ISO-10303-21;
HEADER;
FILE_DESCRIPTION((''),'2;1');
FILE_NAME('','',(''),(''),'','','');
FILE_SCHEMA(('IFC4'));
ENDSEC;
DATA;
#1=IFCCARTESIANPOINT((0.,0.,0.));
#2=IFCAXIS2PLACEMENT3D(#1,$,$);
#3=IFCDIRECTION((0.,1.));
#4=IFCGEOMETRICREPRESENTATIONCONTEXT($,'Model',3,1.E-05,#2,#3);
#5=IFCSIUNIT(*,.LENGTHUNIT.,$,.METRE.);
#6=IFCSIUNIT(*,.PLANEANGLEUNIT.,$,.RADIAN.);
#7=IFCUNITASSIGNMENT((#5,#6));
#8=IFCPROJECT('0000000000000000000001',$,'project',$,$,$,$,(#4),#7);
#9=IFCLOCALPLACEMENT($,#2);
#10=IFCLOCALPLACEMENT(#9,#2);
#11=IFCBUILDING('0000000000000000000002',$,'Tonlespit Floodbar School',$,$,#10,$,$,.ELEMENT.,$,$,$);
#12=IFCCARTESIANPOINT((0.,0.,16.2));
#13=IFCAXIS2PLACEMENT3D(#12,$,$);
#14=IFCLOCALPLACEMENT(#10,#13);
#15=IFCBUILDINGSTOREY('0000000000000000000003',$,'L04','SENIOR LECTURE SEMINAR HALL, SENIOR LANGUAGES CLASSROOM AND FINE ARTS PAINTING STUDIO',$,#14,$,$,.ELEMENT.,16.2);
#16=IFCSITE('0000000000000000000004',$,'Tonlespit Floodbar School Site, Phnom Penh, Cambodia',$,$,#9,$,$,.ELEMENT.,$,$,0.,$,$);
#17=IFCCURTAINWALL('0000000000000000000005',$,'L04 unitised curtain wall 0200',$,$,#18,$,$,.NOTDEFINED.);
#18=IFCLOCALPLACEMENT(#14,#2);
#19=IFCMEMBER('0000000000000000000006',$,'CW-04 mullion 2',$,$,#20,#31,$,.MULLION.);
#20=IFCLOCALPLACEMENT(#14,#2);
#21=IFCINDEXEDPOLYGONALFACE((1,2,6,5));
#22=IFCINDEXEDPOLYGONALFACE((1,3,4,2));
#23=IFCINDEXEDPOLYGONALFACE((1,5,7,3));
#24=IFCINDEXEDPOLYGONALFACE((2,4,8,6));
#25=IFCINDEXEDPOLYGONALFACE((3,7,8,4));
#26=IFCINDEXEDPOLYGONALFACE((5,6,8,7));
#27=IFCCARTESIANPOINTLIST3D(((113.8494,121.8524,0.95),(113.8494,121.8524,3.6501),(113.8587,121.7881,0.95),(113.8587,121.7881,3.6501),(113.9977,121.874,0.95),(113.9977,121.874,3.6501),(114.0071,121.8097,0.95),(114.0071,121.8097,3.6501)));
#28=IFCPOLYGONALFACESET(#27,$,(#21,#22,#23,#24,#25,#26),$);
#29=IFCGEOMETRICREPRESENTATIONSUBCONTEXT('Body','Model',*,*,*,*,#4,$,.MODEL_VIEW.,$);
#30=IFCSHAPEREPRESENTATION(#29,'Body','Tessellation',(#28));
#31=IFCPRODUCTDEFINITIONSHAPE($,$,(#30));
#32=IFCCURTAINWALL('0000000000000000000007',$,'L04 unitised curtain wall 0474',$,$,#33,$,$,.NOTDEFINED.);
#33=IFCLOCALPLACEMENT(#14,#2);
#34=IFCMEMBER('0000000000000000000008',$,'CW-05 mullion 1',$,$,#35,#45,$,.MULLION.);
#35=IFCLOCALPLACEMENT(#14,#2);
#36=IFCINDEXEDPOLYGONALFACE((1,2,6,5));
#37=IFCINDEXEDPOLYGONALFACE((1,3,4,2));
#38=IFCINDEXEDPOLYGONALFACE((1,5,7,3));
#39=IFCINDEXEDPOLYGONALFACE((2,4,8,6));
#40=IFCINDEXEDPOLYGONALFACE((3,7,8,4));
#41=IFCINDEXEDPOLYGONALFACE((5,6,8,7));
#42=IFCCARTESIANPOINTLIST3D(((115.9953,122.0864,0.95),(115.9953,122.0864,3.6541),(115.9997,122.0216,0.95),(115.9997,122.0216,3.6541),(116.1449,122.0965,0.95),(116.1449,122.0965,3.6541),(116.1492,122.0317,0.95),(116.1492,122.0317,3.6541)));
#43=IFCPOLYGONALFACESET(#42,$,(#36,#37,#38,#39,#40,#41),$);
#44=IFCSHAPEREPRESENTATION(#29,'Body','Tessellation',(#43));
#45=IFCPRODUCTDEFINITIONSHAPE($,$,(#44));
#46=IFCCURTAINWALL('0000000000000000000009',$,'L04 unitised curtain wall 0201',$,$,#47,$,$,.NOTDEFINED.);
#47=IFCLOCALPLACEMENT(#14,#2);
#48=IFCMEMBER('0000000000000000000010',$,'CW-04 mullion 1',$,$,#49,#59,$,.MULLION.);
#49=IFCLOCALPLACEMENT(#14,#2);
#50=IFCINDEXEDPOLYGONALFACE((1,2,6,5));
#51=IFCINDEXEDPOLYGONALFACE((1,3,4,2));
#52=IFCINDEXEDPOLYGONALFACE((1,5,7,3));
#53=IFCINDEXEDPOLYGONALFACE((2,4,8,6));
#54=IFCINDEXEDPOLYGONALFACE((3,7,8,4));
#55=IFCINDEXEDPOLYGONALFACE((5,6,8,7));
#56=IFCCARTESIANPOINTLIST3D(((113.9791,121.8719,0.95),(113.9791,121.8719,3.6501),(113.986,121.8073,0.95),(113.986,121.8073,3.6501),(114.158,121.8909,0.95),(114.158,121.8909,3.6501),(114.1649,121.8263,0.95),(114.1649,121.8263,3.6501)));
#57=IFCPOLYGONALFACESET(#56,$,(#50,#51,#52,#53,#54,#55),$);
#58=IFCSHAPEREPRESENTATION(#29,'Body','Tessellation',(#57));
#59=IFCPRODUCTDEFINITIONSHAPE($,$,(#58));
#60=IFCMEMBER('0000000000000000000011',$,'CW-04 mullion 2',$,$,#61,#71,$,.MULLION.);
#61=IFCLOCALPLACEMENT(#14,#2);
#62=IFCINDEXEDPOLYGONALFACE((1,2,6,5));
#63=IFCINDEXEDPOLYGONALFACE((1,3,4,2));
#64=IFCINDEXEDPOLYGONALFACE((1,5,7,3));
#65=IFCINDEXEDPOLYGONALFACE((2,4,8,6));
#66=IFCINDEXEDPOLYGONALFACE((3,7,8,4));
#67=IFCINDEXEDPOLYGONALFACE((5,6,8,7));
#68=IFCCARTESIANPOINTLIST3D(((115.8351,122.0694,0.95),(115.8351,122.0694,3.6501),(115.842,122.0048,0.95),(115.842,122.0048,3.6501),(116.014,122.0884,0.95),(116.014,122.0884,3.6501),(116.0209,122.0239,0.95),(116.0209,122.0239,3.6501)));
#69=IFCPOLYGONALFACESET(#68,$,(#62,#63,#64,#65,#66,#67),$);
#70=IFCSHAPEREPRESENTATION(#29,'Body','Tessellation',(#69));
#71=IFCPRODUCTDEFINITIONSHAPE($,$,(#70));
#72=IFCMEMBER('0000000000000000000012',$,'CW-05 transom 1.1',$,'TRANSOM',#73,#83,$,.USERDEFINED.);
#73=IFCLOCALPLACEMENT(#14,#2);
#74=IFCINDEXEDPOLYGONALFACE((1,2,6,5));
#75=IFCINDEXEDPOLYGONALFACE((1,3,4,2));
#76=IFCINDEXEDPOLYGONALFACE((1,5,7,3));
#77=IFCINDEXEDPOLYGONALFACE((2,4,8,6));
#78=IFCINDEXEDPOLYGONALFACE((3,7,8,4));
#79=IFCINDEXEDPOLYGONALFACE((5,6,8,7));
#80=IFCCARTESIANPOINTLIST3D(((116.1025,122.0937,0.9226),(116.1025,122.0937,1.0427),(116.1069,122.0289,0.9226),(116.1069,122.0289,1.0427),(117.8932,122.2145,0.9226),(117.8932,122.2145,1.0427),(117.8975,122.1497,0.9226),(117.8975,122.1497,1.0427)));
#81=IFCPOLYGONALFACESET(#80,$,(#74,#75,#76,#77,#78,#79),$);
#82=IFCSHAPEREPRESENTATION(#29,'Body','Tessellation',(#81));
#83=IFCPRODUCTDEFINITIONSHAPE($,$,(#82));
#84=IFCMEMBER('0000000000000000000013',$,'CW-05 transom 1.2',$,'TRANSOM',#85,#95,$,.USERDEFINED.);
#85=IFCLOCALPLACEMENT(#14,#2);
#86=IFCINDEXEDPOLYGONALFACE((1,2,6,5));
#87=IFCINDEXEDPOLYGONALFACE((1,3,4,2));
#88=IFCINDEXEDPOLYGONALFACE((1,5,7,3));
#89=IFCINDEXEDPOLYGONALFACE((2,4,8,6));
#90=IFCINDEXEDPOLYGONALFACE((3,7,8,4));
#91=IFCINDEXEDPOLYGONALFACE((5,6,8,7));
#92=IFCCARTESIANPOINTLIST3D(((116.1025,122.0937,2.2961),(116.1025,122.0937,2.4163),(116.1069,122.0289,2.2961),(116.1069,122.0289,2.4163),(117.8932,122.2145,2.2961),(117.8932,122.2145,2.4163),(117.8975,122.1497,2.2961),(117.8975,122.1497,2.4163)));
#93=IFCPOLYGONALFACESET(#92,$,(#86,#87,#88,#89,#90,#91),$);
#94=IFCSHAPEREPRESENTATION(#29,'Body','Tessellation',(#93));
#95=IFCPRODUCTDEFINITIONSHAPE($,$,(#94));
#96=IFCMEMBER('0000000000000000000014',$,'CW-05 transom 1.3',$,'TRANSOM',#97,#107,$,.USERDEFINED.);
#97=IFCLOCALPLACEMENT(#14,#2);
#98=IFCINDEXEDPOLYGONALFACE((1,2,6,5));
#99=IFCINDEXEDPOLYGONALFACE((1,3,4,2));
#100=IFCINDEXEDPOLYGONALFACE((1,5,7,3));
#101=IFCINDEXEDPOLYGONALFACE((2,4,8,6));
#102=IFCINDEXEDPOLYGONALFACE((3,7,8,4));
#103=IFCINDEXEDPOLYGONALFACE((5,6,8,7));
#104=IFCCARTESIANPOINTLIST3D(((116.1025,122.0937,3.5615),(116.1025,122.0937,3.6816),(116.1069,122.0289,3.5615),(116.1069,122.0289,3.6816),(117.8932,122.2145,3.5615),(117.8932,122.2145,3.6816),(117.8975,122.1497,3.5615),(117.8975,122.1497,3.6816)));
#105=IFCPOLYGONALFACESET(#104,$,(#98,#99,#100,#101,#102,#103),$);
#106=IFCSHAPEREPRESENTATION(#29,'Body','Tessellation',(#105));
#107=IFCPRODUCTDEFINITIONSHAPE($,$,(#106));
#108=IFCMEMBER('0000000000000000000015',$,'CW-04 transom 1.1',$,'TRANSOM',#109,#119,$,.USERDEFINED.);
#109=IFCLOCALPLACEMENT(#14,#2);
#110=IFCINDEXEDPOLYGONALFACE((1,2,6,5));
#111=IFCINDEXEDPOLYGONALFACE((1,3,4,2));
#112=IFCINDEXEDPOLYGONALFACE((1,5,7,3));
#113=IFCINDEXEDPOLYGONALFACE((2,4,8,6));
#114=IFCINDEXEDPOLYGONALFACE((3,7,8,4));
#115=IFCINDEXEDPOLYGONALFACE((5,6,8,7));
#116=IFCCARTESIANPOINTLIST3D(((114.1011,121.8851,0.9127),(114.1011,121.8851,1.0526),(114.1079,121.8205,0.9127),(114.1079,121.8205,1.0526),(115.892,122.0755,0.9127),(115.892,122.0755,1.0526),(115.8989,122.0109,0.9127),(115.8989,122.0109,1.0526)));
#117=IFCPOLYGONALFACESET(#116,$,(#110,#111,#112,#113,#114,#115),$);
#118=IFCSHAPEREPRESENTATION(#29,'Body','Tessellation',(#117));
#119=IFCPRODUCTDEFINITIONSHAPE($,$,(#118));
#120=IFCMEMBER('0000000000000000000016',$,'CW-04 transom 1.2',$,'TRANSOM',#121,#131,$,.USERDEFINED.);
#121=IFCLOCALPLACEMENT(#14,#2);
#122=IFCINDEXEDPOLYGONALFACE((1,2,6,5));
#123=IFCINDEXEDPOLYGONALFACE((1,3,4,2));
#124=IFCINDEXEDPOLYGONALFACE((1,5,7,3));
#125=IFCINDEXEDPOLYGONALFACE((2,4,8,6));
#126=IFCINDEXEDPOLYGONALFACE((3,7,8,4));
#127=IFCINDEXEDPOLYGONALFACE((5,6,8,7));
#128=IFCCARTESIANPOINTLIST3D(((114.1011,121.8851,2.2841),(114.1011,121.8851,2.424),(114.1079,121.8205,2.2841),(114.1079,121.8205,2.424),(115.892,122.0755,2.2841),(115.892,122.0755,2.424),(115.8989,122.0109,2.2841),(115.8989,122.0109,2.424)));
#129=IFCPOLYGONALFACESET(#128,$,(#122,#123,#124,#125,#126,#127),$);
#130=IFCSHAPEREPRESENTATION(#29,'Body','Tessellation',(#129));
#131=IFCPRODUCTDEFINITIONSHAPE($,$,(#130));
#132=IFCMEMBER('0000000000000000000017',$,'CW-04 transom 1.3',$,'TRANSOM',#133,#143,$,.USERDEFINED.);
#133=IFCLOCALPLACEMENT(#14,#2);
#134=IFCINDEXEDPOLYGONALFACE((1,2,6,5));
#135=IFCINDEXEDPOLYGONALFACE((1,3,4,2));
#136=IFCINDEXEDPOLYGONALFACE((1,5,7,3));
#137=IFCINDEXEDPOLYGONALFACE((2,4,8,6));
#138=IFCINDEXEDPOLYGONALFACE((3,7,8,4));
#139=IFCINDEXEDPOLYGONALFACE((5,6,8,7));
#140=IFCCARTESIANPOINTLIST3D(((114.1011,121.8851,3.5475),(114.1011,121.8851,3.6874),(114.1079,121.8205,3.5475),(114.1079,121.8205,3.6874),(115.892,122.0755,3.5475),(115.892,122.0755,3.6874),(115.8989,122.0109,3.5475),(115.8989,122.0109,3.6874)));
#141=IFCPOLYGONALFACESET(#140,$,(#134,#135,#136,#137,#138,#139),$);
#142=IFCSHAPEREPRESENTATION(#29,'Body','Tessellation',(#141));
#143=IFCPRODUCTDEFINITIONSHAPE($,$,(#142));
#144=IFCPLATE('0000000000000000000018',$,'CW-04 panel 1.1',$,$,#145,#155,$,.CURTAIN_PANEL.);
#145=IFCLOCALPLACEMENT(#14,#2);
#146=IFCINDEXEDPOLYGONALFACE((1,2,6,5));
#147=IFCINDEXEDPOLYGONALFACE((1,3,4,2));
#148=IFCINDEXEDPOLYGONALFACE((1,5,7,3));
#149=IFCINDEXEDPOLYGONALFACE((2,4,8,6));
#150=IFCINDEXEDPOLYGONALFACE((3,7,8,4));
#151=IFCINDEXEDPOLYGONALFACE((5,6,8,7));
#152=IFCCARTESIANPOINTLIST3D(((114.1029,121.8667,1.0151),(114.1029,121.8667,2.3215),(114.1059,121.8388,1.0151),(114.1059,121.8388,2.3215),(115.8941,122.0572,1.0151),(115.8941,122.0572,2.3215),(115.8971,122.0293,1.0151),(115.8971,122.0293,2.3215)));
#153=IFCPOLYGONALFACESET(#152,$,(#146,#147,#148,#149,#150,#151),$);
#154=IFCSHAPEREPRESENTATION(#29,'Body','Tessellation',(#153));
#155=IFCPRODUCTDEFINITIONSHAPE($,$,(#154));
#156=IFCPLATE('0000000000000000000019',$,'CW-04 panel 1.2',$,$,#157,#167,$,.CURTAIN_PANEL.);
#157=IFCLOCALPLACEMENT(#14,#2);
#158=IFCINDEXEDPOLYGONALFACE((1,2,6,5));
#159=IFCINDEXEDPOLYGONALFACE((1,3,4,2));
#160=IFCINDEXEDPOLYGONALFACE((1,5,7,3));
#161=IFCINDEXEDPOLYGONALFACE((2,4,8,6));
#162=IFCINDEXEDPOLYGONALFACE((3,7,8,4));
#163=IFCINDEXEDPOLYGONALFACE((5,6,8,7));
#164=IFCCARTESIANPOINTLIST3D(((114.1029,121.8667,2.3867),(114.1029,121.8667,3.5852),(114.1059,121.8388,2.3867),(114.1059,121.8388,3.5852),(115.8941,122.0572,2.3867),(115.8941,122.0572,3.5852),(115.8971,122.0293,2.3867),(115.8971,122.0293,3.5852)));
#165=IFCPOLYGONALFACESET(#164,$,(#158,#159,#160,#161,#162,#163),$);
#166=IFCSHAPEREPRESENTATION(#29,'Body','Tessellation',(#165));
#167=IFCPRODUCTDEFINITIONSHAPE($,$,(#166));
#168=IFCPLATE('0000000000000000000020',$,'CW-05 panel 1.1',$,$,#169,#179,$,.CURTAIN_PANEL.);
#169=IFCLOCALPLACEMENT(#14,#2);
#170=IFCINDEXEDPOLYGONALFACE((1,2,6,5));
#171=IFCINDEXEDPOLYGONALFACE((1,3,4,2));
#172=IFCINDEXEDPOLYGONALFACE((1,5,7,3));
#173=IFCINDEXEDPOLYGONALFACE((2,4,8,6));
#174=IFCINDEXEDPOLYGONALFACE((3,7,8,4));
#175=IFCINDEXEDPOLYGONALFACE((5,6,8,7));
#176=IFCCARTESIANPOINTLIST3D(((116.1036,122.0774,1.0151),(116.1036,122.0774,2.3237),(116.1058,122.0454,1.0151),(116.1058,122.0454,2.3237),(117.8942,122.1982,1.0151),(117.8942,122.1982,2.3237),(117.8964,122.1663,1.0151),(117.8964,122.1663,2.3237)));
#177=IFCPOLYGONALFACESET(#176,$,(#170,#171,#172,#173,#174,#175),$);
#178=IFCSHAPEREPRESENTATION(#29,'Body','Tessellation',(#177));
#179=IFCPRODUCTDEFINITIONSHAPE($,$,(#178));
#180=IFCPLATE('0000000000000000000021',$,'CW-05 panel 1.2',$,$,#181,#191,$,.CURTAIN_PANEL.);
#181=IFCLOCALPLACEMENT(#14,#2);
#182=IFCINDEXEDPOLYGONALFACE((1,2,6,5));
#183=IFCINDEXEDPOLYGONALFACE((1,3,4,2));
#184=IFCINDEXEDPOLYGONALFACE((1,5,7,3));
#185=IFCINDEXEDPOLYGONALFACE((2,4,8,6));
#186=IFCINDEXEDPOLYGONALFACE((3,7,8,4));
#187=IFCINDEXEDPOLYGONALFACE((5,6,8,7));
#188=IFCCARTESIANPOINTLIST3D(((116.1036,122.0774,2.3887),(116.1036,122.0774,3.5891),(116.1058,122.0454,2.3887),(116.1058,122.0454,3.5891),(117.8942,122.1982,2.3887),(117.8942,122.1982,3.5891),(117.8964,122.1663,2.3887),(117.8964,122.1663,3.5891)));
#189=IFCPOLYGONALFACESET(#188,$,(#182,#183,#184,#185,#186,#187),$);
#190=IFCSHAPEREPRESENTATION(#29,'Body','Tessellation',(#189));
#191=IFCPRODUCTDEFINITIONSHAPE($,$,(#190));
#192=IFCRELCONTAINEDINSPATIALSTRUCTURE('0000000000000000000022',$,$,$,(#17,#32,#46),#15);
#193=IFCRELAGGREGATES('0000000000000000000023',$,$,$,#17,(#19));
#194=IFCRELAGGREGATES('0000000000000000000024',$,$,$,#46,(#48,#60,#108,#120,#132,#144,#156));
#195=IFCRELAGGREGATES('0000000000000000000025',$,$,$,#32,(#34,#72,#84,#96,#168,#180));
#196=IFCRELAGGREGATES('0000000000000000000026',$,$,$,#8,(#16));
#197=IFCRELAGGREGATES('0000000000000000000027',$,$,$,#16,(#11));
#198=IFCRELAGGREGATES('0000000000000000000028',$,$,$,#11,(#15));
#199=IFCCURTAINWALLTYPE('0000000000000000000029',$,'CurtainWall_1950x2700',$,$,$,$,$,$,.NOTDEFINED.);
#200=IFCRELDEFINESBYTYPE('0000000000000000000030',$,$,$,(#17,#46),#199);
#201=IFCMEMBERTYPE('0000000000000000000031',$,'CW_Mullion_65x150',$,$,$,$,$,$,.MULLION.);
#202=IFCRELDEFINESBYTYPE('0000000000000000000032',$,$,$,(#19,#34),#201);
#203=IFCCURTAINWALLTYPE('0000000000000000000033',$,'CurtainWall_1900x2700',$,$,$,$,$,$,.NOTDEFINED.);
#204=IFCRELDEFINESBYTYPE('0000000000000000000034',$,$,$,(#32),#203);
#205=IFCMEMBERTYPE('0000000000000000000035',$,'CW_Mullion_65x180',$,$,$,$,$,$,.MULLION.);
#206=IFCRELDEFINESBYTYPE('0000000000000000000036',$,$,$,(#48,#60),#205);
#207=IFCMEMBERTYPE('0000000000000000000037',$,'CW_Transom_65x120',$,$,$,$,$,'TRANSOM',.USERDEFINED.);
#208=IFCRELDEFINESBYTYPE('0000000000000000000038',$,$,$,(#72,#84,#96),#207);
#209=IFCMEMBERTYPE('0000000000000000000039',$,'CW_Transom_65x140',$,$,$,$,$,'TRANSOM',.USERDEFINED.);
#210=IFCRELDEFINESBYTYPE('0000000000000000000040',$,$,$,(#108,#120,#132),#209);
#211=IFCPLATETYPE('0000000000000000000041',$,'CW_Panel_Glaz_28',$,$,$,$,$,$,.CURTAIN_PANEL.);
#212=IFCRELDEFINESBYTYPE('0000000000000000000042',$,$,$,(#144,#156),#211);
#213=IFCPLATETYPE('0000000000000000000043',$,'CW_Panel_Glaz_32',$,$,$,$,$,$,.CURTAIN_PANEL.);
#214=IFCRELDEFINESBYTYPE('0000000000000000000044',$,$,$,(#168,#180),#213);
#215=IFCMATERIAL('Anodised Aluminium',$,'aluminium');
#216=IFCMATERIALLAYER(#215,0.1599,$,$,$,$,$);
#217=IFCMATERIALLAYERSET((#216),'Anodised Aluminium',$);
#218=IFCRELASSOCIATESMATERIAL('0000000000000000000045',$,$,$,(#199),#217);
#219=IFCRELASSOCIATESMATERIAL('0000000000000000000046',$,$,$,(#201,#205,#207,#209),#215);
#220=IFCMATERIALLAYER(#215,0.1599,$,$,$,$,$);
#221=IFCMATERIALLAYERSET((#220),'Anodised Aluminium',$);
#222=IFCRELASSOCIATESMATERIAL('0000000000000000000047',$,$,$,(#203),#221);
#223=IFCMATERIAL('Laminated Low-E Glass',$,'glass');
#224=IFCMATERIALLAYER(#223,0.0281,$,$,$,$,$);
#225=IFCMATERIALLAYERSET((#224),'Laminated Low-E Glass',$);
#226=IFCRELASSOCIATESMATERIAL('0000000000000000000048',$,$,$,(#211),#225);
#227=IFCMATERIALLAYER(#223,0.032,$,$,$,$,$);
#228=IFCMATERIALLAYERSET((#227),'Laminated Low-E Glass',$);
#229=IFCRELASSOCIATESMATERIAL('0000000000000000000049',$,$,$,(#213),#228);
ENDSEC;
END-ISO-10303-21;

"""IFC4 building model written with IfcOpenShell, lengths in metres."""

from ifc_helpers import new_model, si_unit, direction, frame, origin, origin_2d, place, context, subcontext, project, spatial, rectangle, extrude, material, layer, layer_set, material_profile, profile_set, type_object, element, aggregate, save


model = new_model("IFC4")

# Units and contexts
model_context = context("Model", 3, precision=1e-05, world=origin(), true_north=direction((0.0, 1.0)))
body_context = subcontext(model_context, "Body", "Model", "MODEL_VIEW")
ifc_project = project(units=[si_unit("LENGTHUNIT", "METRE"), si_unit("PLANEANGLEUNIT", "RADIAN")], contexts=[model_context])

# Site, building, storey
site_placement = place(None, origin())
site = spatial("IfcSite", under=ifc_project, at=site_placement, Name="Tonlespit Floodbar School Site, Phnom Penh, Cambodia", CompositionType="ELEMENT", RefElevation=0.0)
building_placement = place(site_placement, origin())
building = spatial("IfcBuilding", under=site, at=building_placement, Name="Tonlespit Floodbar School", CompositionType="ELEMENT")
storey_placement = place(building_placement, frame((0.0, 0.0, 16.2)))
storey = spatial("IfcBuildingStorey", under=building, at=storey_placement, Name="L04", Description="SENIOR LECTURE SEMINAR HALL, SENIOR LANGUAGES CLASSROOM AND FINE ARTS PAINTING STUDIO", CompositionType="ELEMENT", Elevation=16.2)

# Curtain walls, members
ifc_material_1 = material(Name="Anodised Aluminium", Category="aluminium")
ifc_layer_1 = layer(ifc_material_1, 0.1599)
ifc_layer_set_1 = layer_set([ifc_layer_1], Name="Anodised Aluminium")
curtain_wall_type_1 = type_object("IfcCurtainWallType", Name="CurtainWall_1950x2700", PredefinedType="NOTDEFINED", material=ifc_layer_set_1)
curtain_wall_1_placement = place(storey_placement, origin())
curtain_wall_1 = element("IfcCurtainWall", 1, at=curtain_wall_1_placement, inside=storey, type_object=curtain_wall_type_1, Name="L04 unitised curtain wall 0200", PredefinedType="NOTDEFINED")
ifc_material_profile_1 = material_profile(ifc_material_1, rectangle(XDim=0.0649, YDim=0.1499, at=origin_2d()), Name="ALU M65x150")
ifc_profile_set_1 = profile_set([ifc_material_profile_1], Name="Anodised Aluminium")
member_type_1 = type_object("IfcMemberType", Name="CW_Mullion_65x150", PredefinedType="MULLION", material=ifc_profile_set_1)
member_1_placement = place(storey_placement, frame((113.9282, 121.8311, 0.95), z_axis=(0.0, 0.0, 1.0), x_axis=(-0.144248, 0.989542, 0.0)))
member_1 = element("IfcMember", 2, at=member_1_placement, type_object=member_type_1, Name="CW-04 mullion 2", PredefinedType="MULLION", context=body_context, shape_type="SweptSolid", body=[
    extrude(rectangle(XDim=0.0649, YDim=0.1499, at=origin_2d()), origin(), (0.0, 0.0, 1.0), 2.7002),
])
aggregate(curtain_wall_1, [member_1])
ifc_layer_2 = layer(ifc_material_1, 0.1599)
ifc_layer_set_2 = layer_set([ifc_layer_2], Name="Anodised Aluminium")
curtain_wall_type_2 = type_object("IfcCurtainWallType", Name="CurtainWall_1900x2700", PredefinedType="NOTDEFINED", material=ifc_layer_set_2)
curtain_wall_2_placement = place(storey_placement, origin())
curtain_wall_2 = element("IfcCurtainWall", 3, at=curtain_wall_2_placement, inside=storey, type_object=curtain_wall_type_2, Name="L04 unitised curtain wall 0474", PredefinedType="NOTDEFINED")
member_2_placement = place(storey_placement, frame((116.0723, 122.0591, 0.95), z_axis=(0.0, 0.0, 1.0), x_axis=(-0.06734, 0.99773, 0.0)))
member_2 = element("IfcMember", 4, at=member_2_placement, type_object=member_type_1, Name="CW-05 mullion 1", PredefinedType="MULLION", context=body_context, shape_type="SweptSolid", body=[
    extrude(rectangle(XDim=0.0649, YDim=0.1499, at=origin_2d()), origin(), (0.0, 0.0, 1.0), 2.7041),
])

# Curtain wall, members
curtain_wall_3_placement = place(storey_placement, origin())
curtain_wall_3 = element("IfcCurtainWall", 5, at=curtain_wall_3_placement, inside=storey, type_object=curtain_wall_type_1, Name="L04 unitised curtain wall 0201", PredefinedType="NOTDEFINED")
ifc_material_profile_2 = material_profile(ifc_material_1, rectangle(XDim=0.0649, YDim=0.1799, at=origin_2d()), Name="ALU M65x180")
ifc_profile_set_2 = profile_set([ifc_material_profile_2], Name="Anodised Aluminium")
member_type_2 = type_object("IfcMemberType", Name="CW_Mullion_65x180", PredefinedType="MULLION", material=ifc_profile_set_2)
member_3_placement = place(storey_placement, frame((114.072, 121.8491, 0.95), z_axis=(0.0, 0.0, 1.0), x_axis=(-0.105787, 0.994389, 0.0)))
member_3 = element("IfcMember", 6, at=member_3_placement, type_object=member_type_2, Name="CW-04 mullion 1", PredefinedType="MULLION", context=body_context, shape_type="SweptSolid", body=[
    extrude(rectangle(XDim=0.0649, YDim=0.1799, at=origin_2d()), origin(), (0.0, 0.0, 1.0), 2.7002),
])
member_4_placement = place(storey_placement, frame((115.928, 122.0466, 0.95), z_axis=(0.0, 0.0, 1.0), x_axis=(-0.105787, 0.994389, 0.0)))
member_4 = element("IfcMember", 7, at=member_4_placement, type_object=member_type_2, Name="CW-04 mullion 2", PredefinedType="MULLION", context=body_context, shape_type="SweptSolid", body=[
    extrude(rectangle(XDim=0.0649, YDim=0.1799, at=origin_2d()), origin(), (0.0, 0.0, 1.0), 2.7002),
])

# Members
ifc_material_profile_3 = material_profile(ifc_material_1, rectangle(XDim=0.0649, YDim=0.1201, at=origin_2d()), Name="ALU T65x120")
ifc_profile_set_3 = profile_set([ifc_material_profile_3], Name="Anodised Aluminium")
member_type_3 = type_object("IfcMemberType", Name="CW_Transom_65x120", ElementType="TRANSOM", PredefinedType="USERDEFINED", material=ifc_profile_set_3)
member_5_placement = place(storey_placement, frame((116.1047, 122.0613, 0.9827), z_axis=(0.99773, 0.067341, 0.0), x_axis=(-0.067341, 0.99773, 0.0)))
member_5 = element("IfcMember", 8, at=member_5_placement, type_object=member_type_3, Name="CW-05 transom 1.1", ObjectType="TRANSOM", PredefinedType="USERDEFINED", context=body_context, shape_type="SweptSolid", body=[
    extrude(rectangle(XDim=0.0649, YDim=0.1201, at=origin_2d()), origin(), (0.0, 0.0, 1.0), 1.7947),
])
member_6_placement = place(storey_placement, frame((116.1047, 122.0613, 2.3562), z_axis=(0.99773, 0.067341, 0.0), x_axis=(-0.067341, 0.99773, 0.0)))
member_6 = element("IfcMember", 9, at=member_6_placement, type_object=member_type_3, Name="CW-05 transom 1.2", ObjectType="TRANSOM", PredefinedType="USERDEFINED", context=body_context, shape_type="SweptSolid", body=[
    extrude(rectangle(XDim=0.0649, YDim=0.1201, at=origin_2d()), origin(), (0.0, 0.0, 1.0), 1.7947),
])
member_7_placement = place(storey_placement, frame((116.1047, 122.0613, 3.6216), z_axis=(0.99773, 0.067341, 0.0), x_axis=(-0.067341, 0.99773, 0.0)))
member_7 = element("IfcMember", 10, at=member_7_placement, type_object=member_type_3, Name="CW-05 transom 1.3", ObjectType="TRANSOM", PredefinedType="USERDEFINED", context=body_context, shape_type="SweptSolid", body=[
    extrude(rectangle(XDim=0.0649, YDim=0.1201, at=origin_2d()), origin(), (0.0, 0.0, 1.0), 1.7947),
])
ifc_material_profile_4 = material_profile(ifc_material_1, rectangle(XDim=0.0649, YDim=0.1399, at=origin_2d()), Name="ALU T65x140")
ifc_profile_set_4 = profile_set([ifc_material_profile_4], Name="Anodised Aluminium")
member_type_4 = type_object("IfcMemberType", Name="CW_Transom_65x140", ElementType="TRANSOM", PredefinedType="USERDEFINED", material=ifc_profile_set_4)
member_8_placement = place(storey_placement, frame((114.1045, 121.8528, 0.9827), z_axis=(0.994395, 0.105729, 0.0), x_axis=(-0.105729, 0.994395, 0.0)))
member_8 = element("IfcMember", 11, at=member_8_placement, type_object=member_type_4, Name="CW-04 transom 1.1", ObjectType="TRANSOM", PredefinedType="USERDEFINED", context=body_context, shape_type="SweptSolid", body=[
    extrude(rectangle(XDim=0.0649, YDim=0.1399, at=origin_2d()), origin(), (0.0, 0.0, 1.0), 1.801),
])
member_9_placement = place(storey_placement, frame((114.1045, 121.8528, 2.354), z_axis=(0.994395, 0.105729, 0.0), x_axis=(-0.105729, 0.994395, 0.0)))
member_9 = element("IfcMember", 12, at=member_9_placement, type_object=member_type_4, Name="CW-04 transom 1.2", ObjectType="TRANSOM", PredefinedType="USERDEFINED", context=body_context, shape_type="SweptSolid", body=[
    extrude(rectangle(XDim=0.0649, YDim=0.1399, at=origin_2d()), origin(), (0.0, 0.0, 1.0), 1.801),
])
member_10_placement = place(storey_placement, frame((114.1045, 121.8528, 3.6174), z_axis=(0.994395, 0.105729, 0.0), x_axis=(-0.105729, 0.994395, 0.0)))
member_10 = element("IfcMember", 13, at=member_10_placement, type_object=member_type_4, Name="CW-04 transom 1.3", ObjectType="TRANSOM", PredefinedType="USERDEFINED", context=body_context, shape_type="SweptSolid", body=[
    extrude(rectangle(XDim=0.0649, YDim=0.1399, at=origin_2d()), origin(), (0.0, 0.0, 1.0), 1.801),
])

# Plates
ifc_material_2 = material(Name="Laminated Low-E Glass", Category="glass")
ifc_layer_3 = layer(ifc_material_2, 0.0281)
ifc_layer_set_3 = layer_set([ifc_layer_3], Name="Laminated Low-E Glass")
plate_type_1 = type_object("IfcPlateType", Name="CW_Panel_Glaz_28", PredefinedType="CURTAIN_PANEL", material=ifc_layer_set_3)
plate_1_placement = place(storey_placement, frame((115.0, 121.948, 1.0151), z_axis=(0.0, 0.0, 1.0), x_axis=(0.994389, 0.105787, 0.0)))
plate_1 = element("IfcPlate", 14, at=plate_1_placement, type_object=plate_type_1, Name="CW-04 panel 1.1", PredefinedType="CURTAIN_PANEL", context=body_context, shape_type="SweptSolid", body=[
    extrude(rectangle(XDim=1.8013, YDim=0.0281, at=origin_2d()), origin(), (0.0, 0.0, 1.0), 1.3064),
])
plate_2_placement = place(storey_placement, frame((115.0, 121.948, 2.3867), z_axis=(0.0, 0.0, 1.0), x_axis=(0.994389, 0.105787, 0.0)))
plate_2 = element("IfcPlate", 15, at=plate_2_placement, type_object=plate_type_1, Name="CW-04 panel 1.2", PredefinedType="CURTAIN_PANEL", context=body_context, shape_type="SweptSolid", body=[
    extrude(rectangle(XDim=1.8013, YDim=0.0281, at=origin_2d()), origin(), (0.0, 0.0, 1.0), 1.1985),
])
aggregate(curtain_wall_3, [member_3, member_4, member_8, member_9, member_10, plate_1, plate_2])
ifc_layer_4 = layer(ifc_material_2, 0.032)
ifc_layer_set_4 = layer_set([ifc_layer_4], Name="Laminated Low-E Glass")
plate_type_2 = type_object("IfcPlateType", Name="CW_Panel_Glaz_32", PredefinedType="CURTAIN_PANEL", material=ifc_layer_set_4)
plate_3_placement = place(storey_placement, frame((117.0, 122.1218, 1.0151), z_axis=(0.0, 0.0, 1.0), x_axis=(0.99773, 0.06734, 0.0)))
plate_3 = element("IfcPlate", 16, at=plate_3_placement, type_object=plate_type_2, Name="CW-05 panel 1.1", PredefinedType="CURTAIN_PANEL", context=body_context, shape_type="SweptSolid", body=[
    extrude(rectangle(XDim=1.7947, YDim=0.032, at=origin_2d()), origin(), (0.0, 0.0, 1.0), 1.3086),
])
plate_4_placement = place(storey_placement, frame((117.0, 122.1218, 2.3887), z_axis=(0.0, 0.0, 1.0), x_axis=(0.99773, 0.06734, 0.0)))
plate_4 = element("IfcPlate", 17, at=plate_4_placement, type_object=plate_type_2, Name="CW-05 panel 1.2", PredefinedType="CURTAIN_PANEL", context=body_context, shape_type="SweptSolid", body=[
    extrude(rectangle(XDim=1.7947, YDim=0.032, at=origin_2d()), origin(), (0.0, 0.0, 1.0), 1.2004),
])
aggregate(curtain_wall_2, [member_2, member_5, member_6, member_7, plate_3, plate_4])

save(model, "model.ifc")
